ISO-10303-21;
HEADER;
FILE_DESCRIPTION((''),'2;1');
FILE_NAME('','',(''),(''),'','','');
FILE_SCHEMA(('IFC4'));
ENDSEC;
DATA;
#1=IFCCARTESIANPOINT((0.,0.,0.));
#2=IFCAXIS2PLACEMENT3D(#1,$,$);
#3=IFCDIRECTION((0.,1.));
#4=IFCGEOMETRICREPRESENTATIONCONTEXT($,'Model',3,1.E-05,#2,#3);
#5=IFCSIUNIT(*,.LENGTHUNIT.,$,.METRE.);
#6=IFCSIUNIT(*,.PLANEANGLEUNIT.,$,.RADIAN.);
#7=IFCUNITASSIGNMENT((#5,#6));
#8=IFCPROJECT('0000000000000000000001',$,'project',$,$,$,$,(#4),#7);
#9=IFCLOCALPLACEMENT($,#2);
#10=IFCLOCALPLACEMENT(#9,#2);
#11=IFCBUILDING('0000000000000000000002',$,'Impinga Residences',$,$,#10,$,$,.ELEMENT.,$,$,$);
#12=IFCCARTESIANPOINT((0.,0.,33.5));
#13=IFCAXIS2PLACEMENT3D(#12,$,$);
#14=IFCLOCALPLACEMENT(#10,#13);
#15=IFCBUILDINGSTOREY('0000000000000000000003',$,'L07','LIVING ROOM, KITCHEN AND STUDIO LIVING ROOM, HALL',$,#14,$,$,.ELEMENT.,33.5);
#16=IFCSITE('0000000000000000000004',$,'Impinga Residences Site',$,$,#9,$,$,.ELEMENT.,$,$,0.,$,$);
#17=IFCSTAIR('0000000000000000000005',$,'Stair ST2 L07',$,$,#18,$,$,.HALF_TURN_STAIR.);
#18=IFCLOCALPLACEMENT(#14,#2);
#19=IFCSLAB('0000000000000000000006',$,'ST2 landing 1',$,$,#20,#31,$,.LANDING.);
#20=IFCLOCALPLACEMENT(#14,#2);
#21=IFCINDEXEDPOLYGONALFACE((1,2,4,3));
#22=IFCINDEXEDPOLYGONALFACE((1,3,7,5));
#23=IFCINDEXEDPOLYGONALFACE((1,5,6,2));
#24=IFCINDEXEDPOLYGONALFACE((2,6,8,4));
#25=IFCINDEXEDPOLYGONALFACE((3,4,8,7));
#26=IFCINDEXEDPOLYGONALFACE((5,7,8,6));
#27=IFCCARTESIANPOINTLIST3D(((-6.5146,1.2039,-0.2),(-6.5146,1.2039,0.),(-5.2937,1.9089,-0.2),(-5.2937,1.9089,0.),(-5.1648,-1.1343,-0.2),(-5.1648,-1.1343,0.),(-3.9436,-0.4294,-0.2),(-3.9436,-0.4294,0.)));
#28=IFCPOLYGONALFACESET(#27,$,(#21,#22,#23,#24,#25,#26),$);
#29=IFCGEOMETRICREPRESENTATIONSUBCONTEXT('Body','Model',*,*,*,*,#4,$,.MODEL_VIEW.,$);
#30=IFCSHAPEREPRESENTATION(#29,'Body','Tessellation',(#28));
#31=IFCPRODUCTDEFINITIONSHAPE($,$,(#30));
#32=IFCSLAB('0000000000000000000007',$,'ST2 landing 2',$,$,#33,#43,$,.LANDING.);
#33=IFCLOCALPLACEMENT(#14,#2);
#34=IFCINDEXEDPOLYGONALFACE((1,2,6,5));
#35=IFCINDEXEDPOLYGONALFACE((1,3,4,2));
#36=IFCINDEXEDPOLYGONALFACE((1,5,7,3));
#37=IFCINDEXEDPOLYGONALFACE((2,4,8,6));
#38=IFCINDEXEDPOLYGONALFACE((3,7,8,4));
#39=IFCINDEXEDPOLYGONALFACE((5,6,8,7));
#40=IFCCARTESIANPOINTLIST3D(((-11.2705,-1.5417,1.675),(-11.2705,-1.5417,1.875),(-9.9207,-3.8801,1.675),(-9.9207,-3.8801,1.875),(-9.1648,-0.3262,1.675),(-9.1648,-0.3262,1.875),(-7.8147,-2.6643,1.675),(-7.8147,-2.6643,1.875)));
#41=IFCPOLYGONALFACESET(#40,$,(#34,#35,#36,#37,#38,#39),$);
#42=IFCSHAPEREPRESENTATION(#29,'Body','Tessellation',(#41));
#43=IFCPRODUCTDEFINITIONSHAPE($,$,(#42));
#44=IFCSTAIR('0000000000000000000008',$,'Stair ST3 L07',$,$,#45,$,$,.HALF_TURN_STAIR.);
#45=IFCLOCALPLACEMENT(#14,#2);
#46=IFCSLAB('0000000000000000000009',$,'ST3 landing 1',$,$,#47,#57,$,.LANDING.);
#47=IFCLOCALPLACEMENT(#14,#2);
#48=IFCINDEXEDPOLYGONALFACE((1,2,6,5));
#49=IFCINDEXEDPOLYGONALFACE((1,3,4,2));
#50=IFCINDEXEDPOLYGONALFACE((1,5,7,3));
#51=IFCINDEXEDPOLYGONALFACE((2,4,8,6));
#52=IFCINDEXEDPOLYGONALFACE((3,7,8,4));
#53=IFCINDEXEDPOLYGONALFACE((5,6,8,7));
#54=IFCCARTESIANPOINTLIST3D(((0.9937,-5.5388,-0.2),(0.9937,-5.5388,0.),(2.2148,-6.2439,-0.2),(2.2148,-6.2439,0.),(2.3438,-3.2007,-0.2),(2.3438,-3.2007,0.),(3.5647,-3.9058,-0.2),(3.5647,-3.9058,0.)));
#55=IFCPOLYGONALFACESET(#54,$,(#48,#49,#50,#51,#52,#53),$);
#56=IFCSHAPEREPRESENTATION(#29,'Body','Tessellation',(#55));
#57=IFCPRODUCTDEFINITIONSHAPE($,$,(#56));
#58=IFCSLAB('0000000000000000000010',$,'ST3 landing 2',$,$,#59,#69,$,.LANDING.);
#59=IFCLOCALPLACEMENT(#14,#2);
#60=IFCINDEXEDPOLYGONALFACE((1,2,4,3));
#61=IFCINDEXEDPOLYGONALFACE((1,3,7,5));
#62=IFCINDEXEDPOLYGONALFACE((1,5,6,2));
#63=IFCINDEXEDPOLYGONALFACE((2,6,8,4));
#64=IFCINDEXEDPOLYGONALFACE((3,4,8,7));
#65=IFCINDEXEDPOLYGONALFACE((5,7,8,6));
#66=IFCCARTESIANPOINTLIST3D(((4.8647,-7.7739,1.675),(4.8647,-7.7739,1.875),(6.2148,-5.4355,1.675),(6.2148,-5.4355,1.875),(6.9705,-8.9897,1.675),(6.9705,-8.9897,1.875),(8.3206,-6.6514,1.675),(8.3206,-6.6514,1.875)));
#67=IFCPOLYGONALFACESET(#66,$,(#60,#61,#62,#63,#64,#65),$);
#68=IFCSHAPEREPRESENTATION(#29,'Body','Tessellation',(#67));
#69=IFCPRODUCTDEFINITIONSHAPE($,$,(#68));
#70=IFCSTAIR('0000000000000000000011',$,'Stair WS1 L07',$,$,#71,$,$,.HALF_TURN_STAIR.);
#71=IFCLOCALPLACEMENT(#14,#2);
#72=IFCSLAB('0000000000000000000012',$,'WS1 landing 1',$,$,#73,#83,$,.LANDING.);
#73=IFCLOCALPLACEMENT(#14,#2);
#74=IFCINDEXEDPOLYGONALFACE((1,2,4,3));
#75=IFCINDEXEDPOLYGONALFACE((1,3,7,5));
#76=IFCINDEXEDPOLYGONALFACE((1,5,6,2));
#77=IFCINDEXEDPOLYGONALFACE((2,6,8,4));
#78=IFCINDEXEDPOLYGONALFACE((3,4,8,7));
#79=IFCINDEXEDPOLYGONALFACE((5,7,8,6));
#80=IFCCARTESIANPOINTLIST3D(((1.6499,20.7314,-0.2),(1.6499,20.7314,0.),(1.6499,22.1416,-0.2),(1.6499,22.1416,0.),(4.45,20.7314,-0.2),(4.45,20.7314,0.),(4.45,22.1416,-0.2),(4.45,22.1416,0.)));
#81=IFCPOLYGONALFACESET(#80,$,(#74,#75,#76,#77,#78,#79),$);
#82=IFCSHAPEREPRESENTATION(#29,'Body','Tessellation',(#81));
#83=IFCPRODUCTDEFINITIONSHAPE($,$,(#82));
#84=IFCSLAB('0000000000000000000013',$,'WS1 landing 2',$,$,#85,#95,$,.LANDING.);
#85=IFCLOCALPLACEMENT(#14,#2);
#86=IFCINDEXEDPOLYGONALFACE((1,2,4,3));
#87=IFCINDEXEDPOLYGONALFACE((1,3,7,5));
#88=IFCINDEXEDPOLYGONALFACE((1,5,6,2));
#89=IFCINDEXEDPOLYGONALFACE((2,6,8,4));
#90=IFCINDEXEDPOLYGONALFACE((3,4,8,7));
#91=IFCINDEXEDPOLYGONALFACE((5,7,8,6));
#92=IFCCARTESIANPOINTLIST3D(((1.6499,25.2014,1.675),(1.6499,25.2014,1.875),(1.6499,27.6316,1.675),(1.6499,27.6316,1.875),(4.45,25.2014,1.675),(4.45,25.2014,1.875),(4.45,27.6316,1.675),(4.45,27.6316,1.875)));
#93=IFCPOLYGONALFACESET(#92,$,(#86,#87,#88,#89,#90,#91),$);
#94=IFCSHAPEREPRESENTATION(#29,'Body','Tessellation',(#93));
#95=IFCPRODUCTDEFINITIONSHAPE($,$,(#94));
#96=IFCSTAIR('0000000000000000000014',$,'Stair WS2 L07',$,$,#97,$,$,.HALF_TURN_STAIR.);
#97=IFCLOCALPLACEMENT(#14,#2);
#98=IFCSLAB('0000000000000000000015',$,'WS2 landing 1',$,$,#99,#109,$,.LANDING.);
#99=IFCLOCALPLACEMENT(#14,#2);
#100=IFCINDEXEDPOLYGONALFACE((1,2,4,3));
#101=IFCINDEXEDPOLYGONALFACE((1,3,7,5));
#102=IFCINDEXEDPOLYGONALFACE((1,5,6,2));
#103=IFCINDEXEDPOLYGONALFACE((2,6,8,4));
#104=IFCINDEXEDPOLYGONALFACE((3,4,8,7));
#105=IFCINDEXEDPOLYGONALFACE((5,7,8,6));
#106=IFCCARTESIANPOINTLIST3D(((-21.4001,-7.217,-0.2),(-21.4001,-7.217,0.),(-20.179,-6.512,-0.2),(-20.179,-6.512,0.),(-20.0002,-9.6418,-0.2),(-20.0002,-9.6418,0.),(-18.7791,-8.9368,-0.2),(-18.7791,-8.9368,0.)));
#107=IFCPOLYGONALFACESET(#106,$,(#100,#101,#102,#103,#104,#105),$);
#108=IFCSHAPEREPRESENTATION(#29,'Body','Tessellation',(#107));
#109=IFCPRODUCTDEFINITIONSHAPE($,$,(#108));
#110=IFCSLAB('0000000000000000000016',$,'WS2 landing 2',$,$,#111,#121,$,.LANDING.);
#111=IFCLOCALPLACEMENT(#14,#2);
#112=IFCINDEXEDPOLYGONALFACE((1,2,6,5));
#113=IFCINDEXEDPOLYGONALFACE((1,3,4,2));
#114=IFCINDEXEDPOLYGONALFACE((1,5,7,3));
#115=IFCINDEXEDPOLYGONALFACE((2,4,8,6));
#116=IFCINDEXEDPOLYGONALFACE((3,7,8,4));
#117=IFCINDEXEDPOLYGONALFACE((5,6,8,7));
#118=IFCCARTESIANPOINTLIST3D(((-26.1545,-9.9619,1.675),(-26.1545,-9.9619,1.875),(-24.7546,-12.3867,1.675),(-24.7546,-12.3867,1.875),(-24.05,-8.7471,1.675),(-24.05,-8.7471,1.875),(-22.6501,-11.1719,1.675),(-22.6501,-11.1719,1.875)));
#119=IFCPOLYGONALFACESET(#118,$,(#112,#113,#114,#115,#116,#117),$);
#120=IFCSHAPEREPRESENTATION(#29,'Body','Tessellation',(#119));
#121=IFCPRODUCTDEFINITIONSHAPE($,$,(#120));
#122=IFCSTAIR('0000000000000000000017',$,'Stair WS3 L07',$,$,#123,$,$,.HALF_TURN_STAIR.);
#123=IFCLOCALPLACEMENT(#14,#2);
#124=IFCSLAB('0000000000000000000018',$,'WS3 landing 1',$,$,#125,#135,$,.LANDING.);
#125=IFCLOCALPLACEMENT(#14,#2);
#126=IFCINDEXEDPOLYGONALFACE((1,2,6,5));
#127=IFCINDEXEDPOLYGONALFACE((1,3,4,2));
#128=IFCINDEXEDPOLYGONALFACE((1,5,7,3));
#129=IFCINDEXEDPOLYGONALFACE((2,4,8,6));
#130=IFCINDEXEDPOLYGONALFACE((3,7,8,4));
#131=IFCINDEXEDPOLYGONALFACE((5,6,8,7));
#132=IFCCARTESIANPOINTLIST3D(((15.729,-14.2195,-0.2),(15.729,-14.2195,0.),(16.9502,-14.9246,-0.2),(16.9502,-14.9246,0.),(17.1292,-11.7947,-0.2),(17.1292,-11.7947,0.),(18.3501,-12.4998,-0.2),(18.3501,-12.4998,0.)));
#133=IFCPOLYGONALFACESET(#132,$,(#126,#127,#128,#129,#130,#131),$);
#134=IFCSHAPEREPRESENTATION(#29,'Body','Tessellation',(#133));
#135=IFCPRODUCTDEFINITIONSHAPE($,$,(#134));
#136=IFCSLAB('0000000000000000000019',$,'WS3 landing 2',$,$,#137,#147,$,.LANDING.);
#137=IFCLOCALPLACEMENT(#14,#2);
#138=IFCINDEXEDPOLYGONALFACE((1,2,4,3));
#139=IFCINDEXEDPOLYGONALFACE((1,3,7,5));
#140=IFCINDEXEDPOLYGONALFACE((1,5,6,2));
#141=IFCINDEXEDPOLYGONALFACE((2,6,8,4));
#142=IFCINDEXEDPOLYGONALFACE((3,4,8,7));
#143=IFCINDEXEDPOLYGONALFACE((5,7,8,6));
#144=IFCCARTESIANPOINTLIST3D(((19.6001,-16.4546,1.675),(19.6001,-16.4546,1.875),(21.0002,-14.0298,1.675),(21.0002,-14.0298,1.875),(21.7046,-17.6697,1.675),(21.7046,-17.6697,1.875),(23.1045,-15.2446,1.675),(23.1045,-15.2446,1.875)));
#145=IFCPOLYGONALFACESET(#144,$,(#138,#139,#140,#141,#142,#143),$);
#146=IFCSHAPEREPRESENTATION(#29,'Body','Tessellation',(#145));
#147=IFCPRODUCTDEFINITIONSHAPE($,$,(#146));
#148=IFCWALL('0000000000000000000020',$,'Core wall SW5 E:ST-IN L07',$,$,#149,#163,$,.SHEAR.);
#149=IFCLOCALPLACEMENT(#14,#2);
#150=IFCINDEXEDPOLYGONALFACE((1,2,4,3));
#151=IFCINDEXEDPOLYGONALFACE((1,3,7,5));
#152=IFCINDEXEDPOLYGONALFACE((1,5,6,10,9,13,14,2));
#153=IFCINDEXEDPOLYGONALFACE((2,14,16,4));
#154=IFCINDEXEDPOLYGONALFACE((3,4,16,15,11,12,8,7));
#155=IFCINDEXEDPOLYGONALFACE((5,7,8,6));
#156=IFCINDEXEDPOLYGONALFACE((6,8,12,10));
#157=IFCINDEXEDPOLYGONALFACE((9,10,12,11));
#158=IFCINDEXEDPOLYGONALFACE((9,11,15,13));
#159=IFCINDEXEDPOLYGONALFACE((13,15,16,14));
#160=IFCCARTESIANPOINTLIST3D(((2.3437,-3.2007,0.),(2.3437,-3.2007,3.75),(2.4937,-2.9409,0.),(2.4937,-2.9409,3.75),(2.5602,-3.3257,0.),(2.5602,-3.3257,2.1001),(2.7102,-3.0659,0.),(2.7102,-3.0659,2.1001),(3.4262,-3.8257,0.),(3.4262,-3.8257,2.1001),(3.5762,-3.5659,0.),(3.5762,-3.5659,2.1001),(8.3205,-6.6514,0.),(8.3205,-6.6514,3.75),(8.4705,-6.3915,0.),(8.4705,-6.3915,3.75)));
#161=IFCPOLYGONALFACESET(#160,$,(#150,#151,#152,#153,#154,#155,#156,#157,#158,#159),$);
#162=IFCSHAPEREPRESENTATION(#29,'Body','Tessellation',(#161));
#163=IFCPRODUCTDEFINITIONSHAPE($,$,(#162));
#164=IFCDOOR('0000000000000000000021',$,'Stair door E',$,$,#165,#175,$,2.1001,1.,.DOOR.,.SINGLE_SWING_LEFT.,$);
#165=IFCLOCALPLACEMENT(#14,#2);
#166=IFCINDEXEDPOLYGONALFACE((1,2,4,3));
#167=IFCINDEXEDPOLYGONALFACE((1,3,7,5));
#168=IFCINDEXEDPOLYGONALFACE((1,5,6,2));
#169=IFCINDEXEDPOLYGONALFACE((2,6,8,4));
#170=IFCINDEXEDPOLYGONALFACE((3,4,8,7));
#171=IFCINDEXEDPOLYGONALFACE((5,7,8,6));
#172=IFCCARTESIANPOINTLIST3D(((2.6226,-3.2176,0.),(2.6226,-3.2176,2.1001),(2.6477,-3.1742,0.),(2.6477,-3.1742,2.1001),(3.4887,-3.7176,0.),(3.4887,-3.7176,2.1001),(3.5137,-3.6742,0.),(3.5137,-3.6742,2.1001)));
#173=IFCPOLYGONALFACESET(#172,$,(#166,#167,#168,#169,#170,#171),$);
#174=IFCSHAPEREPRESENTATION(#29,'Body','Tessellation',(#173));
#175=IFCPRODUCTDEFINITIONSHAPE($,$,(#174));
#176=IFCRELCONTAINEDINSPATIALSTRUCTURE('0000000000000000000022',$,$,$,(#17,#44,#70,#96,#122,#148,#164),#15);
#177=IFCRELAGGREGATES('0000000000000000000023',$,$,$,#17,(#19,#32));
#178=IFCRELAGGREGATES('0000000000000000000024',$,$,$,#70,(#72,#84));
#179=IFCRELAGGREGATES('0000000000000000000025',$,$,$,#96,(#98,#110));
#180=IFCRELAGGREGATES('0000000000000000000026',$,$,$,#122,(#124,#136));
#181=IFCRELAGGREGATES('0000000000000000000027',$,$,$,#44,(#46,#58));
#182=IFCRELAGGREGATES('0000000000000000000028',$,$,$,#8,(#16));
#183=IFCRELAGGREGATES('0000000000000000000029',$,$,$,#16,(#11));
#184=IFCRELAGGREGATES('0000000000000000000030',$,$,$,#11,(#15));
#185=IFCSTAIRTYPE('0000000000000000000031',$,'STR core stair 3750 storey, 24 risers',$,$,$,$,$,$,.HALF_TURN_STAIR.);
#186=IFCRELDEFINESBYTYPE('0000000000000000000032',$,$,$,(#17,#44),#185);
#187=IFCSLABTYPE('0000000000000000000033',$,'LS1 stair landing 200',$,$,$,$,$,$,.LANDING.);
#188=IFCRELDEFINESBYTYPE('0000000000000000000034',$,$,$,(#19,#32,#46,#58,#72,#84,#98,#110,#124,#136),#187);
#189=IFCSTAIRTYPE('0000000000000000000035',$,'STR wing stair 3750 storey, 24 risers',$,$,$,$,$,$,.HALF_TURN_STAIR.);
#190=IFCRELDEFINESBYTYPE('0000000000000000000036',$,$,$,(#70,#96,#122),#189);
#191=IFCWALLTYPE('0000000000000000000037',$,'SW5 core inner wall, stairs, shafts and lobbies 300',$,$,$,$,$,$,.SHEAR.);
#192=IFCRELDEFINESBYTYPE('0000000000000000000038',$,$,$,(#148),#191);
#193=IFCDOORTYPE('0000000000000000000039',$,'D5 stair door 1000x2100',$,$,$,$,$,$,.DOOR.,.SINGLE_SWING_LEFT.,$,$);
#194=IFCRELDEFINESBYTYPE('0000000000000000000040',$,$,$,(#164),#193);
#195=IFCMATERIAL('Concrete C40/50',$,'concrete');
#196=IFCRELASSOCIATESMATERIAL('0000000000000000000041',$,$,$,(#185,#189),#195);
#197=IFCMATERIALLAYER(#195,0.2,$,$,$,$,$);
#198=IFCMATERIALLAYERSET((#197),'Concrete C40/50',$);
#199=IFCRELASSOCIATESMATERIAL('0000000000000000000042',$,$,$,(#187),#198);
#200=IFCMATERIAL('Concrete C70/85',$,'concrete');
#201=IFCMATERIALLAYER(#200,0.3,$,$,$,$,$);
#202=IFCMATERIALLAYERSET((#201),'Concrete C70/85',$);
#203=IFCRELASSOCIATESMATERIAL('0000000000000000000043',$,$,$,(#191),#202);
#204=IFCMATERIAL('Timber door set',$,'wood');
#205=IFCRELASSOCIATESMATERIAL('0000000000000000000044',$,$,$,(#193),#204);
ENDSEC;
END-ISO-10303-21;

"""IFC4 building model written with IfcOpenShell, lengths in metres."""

from ifc_helpers import new_model, si_unit, direction, frame, frame_2d, origin, place, context, subcontext, project, spatial, polyline, rectangle, outline, extrude, material, layer, layer_set, type_object, element, fill, aggregate, save


model = new_model("IFC4")

# Units and contexts
model_context = context("Model", 3, precision=1e-05, world=origin(), true_north=direction((0.0, 1.0)))
body_context = subcontext(model_context, "Body", "Model", "MODEL_VIEW")
ifc_project = project(units=[si_unit("LENGTHUNIT", "METRE"), si_unit("PLANEANGLEUNIT", "RADIAN")], contexts=[model_context])

# Site, building, storey
site_placement = place(None, origin())
site = spatial("IfcSite", under=ifc_project, at=site_placement, Name="Impinga Residences Site", CompositionType="ELEMENT", RefElevation=0.0)
building_placement = place(site_placement, origin())
building = spatial("IfcBuilding", under=site, at=building_placement, Name="Impinga Residences", CompositionType="ELEMENT")
storey_placement = place(building_placement, frame((0.0, 0.0, 33.5)))
storey = spatial("IfcBuildingStorey", under=building, at=storey_placement, Name="L07", Description="LIVING ROOM, KITCHEN AND STUDIO LIVING ROOM, HALL", CompositionType="ELEMENT", Elevation=33.5)

# Stairs, slabs
ifc_material_1 = material(Name="Concrete C40/50", Category="concrete")
stair_type_1 = type_object("IfcStairType", Name="STR core stair 3750 storey, 24 risers", PredefinedType="HALF_TURN_STAIR", material=ifc_material_1)
stair_1_placement = place(storey_placement, origin())
stair_1 = element("IfcStair", 1, at=stair_1_placement, inside=storey, type_object=stair_type_1, Name="Stair ST2 L07", PredefinedType="HALF_TURN_STAIR")
ifc_layer_1 = layer(ifc_material_1, 0.2)
ifc_layer_set_1 = layer_set([ifc_layer_1], Name="Concrete C40/50")
slab_type = type_object("IfcSlabType", Name="LS1 stair landing 200", PredefinedType="LANDING", material=ifc_layer_set_1)
slab_1_placement = place(storey_placement, frame((0.0, 0.0, -0.2)))
slab_1 = element("IfcSlab", 2, at=slab_1_placement, type_object=slab_type, Name="ST2 landing 1", PredefinedType="LANDING", context=body_context, shape_type="SweptSolid", body=[
    extrude(outline(polyline([(-3.9436, -0.4294), (-5.2937, 1.9089), (-6.5146, 1.2039), (-5.1648, -1.1343), (-3.9436, -0.4294)])), origin(), (0.0, 0.0, 1.0), 0.2),
])
slab_2_placement = place(storey_placement, frame((0.0, 0.0, 1.675)))
slab_2 = element("IfcSlab", 3, at=slab_2_placement, type_object=slab_type, Name="ST2 landing 2", PredefinedType="LANDING", context=body_context, shape_type="SweptSolid", body=[
    extrude(outline(polyline([(-7.8147, -2.6643), (-9.1648, -0.3262), (-11.2705, -1.5417), (-9.9207, -3.8801), (-7.8147, -2.6643)])), origin(), (0.0, 0.0, 1.0), 0.2),
])
aggregate(stair_1, [slab_1, slab_2])
stair_2_placement = place(storey_placement, origin())
stair_2 = element("IfcStair", 4, at=stair_2_placement, inside=storey, type_object=stair_type_1, Name="Stair ST3 L07", PredefinedType="HALF_TURN_STAIR")
slab_3_placement = place(storey_placement, frame((0.0, 0.0, -0.2)))
slab_3 = element("IfcSlab", 5, at=slab_3_placement, type_object=slab_type, Name="ST3 landing 1", PredefinedType="LANDING", context=body_context, shape_type="SweptSolid", body=[
    extrude(outline(polyline([(2.3438, -3.2007), (0.9937, -5.5388), (2.2148, -6.2439), (3.5647, -3.9058), (2.3438, -3.2007)])), origin(), (0.0, 0.0, 1.0), 0.2),
])
slab_4_placement = place(storey_placement, frame((0.0, 0.0, 1.675)))
slab_4 = element("IfcSlab", 6, at=slab_4_placement, type_object=slab_type, Name="ST3 landing 2", PredefinedType="LANDING", context=body_context, shape_type="SweptSolid", body=[
    extrude(outline(polyline([(6.2148, -5.4355), (4.8647, -7.7739), (6.9705, -8.9897), (8.3206, -6.6514), (6.2148, -5.4355)])), origin(), (0.0, 0.0, 1.0), 0.2),
])
stair_type_2 = type_object("IfcStairType", Name="STR wing stair 3750 storey, 24 risers", PredefinedType="HALF_TURN_STAIR", material=ifc_material_1)
stair_3_placement = place(storey_placement, origin())
stair_3 = element("IfcStair", 7, at=stair_3_placement, inside=storey, type_object=stair_type_2, Name="Stair WS1 L07", PredefinedType="HALF_TURN_STAIR")
slab_5_placement = place(storey_placement, frame((0.0, 0.0, -0.2)))
slab_5 = element("IfcSlab", 8, at=slab_5_placement, type_object=slab_type, Name="WS1 landing 1", PredefinedType="LANDING", context=body_context, shape_type="SweptSolid", body=[
    extrude(outline(polyline([(1.6499, 20.7314), (4.45, 20.7314), (4.45, 22.1416), (1.6499, 22.1416), (1.6499, 20.7314)])), origin(), (0.0, 0.0, 1.0), 0.2),
])
slab_6_placement = place(storey_placement, frame((0.0, 0.0, 1.675)))
slab_6 = element("IfcSlab", 9, at=slab_6_placement, type_object=slab_type, Name="WS1 landing 2", PredefinedType="LANDING", context=body_context, shape_type="SweptSolid", body=[
    extrude(outline(polyline([(1.6499, 25.2014), (4.45, 25.2014), (4.45, 27.6316), (1.6499, 27.6316), (1.6499, 25.2014)])), origin(), (0.0, 0.0, 1.0), 0.2),
])
aggregate(stair_3, [slab_5, slab_6])
stair_4_placement = place(storey_placement, origin())
stair_4 = element("IfcStair", 10, at=stair_4_placement, inside=storey, type_object=stair_type_2, Name="Stair WS2 L07", PredefinedType="HALF_TURN_STAIR")
slab_7_placement = place(storey_placement, frame((0.0, 0.0, -0.2)))
slab_7 = element("IfcSlab", 11, at=slab_7_placement, type_object=slab_type, Name="WS2 landing 1", PredefinedType="LANDING", context=body_context, shape_type="SweptSolid", body=[
    extrude(outline(polyline([(-18.7791, -8.9368), (-20.179, -6.512), (-21.4001, -7.217), (-20.0002, -9.6418), (-18.7791, -8.9368)])), origin(), (0.0, 0.0, 1.0), 0.2),
])
slab_8_placement = place(storey_placement, frame((0.0, 0.0, 1.675)))
slab_8 = element("IfcSlab", 12, at=slab_8_placement, type_object=slab_type, Name="WS2 landing 2", PredefinedType="LANDING", context=body_context, shape_type="SweptSolid", body=[
    extrude(outline(polyline([(-22.6501, -11.1719), (-24.05, -8.7471), (-26.1545, -9.9619), (-24.7546, -12.3867), (-22.6501, -11.1719)])), origin(), (0.0, 0.0, 1.0), 0.2),
])
aggregate(stair_4, [slab_7, slab_8])
stair_5_placement = place(storey_placement, origin())
stair_5 = element("IfcStair", 13, at=stair_5_placement, inside=storey, type_object=stair_type_2, Name="Stair WS3 L07", PredefinedType="HALF_TURN_STAIR")
slab_9_placement = place(storey_placement, frame((0.0, 0.0, -0.2)))
slab_9 = element("IfcSlab", 14, at=slab_9_placement, type_object=slab_type, Name="WS3 landing 1", PredefinedType="LANDING", context=body_context, shape_type="SweptSolid", body=[
    extrude(outline(polyline([(17.1292, -11.7947), (15.729, -14.2195), (16.9502, -14.9246), (18.3501, -12.4998), (17.1292, -11.7947)])), origin(), (0.0, 0.0, 1.0), 0.2),
])
slab_10_placement = place(storey_placement, frame((0.0, 0.0, 1.675)))
slab_10 = element("IfcSlab", 15, at=slab_10_placement, type_object=slab_type, Name="WS3 landing 2", PredefinedType="LANDING", context=body_context, shape_type="SweptSolid", body=[
    extrude(outline(polyline([(21.0002, -14.0298), (19.6001, -16.4546), (21.7046, -17.6697), (23.1045, -15.2446), (21.0002, -14.0298)])), origin(), (0.0, 0.0, 1.0), 0.2),
])
aggregate(stair_5, [slab_9, slab_10])

# Wall, opening, door
ifc_material_2 = material(Name="Concrete C70/85", Category="concrete")
ifc_layer_2 = layer(ifc_material_2, 0.3)
ifc_layer_set_2 = layer_set([ifc_layer_2], Name="Concrete C70/85")
wall_type = type_object("IfcWallType", Name="SW5 core inner wall, stairs, shafts and lobbies 300", PredefinedType="SHEAR", material=ifc_layer_set_2)
wall_1_placement = place(storey_placement, frame((2.4187, -3.0708, 0.0), z_axis=(0.0, 0.0, 1.0), x_axis=(0.866027, -0.499997, 0.0)))
wall_1 = element("IfcWall", 16, at=wall_1_placement, inside=storey, type_object=wall_type, Name="Core wall SW5 E:ST-IN L07", PredefinedType="SHEAR", context=body_context, shape_type="SweptSolid", body=[
    extrude(rectangle(XDim=6.9014, YDim=0.3, at=frame_2d((3.4507, 0.0))), origin(), (0.0, 0.0, 1.0), 3.75),
])
opening_1_placement = place(wall_1_placement, frame((0.25, 0.0, 0.0)))
opening_1 = element("IfcOpeningElement", 17, at=opening_1_placement, cuts=wall_1, PredefinedType="OPENING", context=body_context, shape_type="SweptSolid", body=[
    extrude(rectangle(XDim=1.0, YDim=2.1001, at=frame_2d((0.5, 1.05))), frame((0.0, 0.1599, 0.0), z_axis=(0.0, -1.0, 0.0), x_axis=(1.0, 0.0, 0.0)), (0.0, 0.0, 1.0), 0.3201),
])
ifc_material_3 = material(Name="Timber door set", Category="wood")
door_type_1 = type_object("IfcDoorType", Name="D5 stair door 1000x2100", OperationType="SINGLE_SWING_LEFT", PredefinedType="DOOR", material=ifc_material_3)
door_1_placement = place(opening_1_placement, origin())
door_1 = element("IfcDoor", 18, at=door_1_placement, inside=storey, type_object=door_type_1, Name="Stair door E", OperationType="SINGLE_SWING_LEFT", OverallHeight=2.1001, OverallWidth=1.0, PredefinedType="DOOR", context=body_context, shape_type="SweptSolid", body=[
    extrude(rectangle(XDim=1.0, YDim=2.1001, at=frame_2d((0.5, 1.05))), frame((0.0, 0.0249, 0.0), z_axis=(0.0, -1.0, 0.0), x_axis=(1.0, 0.0, 0.0)), (0.0, 0.0, 1.0), 0.05),
])
fill(opening_1, door_1)

aggregate(stair_2, [slab_3, slab_4])

save(model, "model.ifc")
